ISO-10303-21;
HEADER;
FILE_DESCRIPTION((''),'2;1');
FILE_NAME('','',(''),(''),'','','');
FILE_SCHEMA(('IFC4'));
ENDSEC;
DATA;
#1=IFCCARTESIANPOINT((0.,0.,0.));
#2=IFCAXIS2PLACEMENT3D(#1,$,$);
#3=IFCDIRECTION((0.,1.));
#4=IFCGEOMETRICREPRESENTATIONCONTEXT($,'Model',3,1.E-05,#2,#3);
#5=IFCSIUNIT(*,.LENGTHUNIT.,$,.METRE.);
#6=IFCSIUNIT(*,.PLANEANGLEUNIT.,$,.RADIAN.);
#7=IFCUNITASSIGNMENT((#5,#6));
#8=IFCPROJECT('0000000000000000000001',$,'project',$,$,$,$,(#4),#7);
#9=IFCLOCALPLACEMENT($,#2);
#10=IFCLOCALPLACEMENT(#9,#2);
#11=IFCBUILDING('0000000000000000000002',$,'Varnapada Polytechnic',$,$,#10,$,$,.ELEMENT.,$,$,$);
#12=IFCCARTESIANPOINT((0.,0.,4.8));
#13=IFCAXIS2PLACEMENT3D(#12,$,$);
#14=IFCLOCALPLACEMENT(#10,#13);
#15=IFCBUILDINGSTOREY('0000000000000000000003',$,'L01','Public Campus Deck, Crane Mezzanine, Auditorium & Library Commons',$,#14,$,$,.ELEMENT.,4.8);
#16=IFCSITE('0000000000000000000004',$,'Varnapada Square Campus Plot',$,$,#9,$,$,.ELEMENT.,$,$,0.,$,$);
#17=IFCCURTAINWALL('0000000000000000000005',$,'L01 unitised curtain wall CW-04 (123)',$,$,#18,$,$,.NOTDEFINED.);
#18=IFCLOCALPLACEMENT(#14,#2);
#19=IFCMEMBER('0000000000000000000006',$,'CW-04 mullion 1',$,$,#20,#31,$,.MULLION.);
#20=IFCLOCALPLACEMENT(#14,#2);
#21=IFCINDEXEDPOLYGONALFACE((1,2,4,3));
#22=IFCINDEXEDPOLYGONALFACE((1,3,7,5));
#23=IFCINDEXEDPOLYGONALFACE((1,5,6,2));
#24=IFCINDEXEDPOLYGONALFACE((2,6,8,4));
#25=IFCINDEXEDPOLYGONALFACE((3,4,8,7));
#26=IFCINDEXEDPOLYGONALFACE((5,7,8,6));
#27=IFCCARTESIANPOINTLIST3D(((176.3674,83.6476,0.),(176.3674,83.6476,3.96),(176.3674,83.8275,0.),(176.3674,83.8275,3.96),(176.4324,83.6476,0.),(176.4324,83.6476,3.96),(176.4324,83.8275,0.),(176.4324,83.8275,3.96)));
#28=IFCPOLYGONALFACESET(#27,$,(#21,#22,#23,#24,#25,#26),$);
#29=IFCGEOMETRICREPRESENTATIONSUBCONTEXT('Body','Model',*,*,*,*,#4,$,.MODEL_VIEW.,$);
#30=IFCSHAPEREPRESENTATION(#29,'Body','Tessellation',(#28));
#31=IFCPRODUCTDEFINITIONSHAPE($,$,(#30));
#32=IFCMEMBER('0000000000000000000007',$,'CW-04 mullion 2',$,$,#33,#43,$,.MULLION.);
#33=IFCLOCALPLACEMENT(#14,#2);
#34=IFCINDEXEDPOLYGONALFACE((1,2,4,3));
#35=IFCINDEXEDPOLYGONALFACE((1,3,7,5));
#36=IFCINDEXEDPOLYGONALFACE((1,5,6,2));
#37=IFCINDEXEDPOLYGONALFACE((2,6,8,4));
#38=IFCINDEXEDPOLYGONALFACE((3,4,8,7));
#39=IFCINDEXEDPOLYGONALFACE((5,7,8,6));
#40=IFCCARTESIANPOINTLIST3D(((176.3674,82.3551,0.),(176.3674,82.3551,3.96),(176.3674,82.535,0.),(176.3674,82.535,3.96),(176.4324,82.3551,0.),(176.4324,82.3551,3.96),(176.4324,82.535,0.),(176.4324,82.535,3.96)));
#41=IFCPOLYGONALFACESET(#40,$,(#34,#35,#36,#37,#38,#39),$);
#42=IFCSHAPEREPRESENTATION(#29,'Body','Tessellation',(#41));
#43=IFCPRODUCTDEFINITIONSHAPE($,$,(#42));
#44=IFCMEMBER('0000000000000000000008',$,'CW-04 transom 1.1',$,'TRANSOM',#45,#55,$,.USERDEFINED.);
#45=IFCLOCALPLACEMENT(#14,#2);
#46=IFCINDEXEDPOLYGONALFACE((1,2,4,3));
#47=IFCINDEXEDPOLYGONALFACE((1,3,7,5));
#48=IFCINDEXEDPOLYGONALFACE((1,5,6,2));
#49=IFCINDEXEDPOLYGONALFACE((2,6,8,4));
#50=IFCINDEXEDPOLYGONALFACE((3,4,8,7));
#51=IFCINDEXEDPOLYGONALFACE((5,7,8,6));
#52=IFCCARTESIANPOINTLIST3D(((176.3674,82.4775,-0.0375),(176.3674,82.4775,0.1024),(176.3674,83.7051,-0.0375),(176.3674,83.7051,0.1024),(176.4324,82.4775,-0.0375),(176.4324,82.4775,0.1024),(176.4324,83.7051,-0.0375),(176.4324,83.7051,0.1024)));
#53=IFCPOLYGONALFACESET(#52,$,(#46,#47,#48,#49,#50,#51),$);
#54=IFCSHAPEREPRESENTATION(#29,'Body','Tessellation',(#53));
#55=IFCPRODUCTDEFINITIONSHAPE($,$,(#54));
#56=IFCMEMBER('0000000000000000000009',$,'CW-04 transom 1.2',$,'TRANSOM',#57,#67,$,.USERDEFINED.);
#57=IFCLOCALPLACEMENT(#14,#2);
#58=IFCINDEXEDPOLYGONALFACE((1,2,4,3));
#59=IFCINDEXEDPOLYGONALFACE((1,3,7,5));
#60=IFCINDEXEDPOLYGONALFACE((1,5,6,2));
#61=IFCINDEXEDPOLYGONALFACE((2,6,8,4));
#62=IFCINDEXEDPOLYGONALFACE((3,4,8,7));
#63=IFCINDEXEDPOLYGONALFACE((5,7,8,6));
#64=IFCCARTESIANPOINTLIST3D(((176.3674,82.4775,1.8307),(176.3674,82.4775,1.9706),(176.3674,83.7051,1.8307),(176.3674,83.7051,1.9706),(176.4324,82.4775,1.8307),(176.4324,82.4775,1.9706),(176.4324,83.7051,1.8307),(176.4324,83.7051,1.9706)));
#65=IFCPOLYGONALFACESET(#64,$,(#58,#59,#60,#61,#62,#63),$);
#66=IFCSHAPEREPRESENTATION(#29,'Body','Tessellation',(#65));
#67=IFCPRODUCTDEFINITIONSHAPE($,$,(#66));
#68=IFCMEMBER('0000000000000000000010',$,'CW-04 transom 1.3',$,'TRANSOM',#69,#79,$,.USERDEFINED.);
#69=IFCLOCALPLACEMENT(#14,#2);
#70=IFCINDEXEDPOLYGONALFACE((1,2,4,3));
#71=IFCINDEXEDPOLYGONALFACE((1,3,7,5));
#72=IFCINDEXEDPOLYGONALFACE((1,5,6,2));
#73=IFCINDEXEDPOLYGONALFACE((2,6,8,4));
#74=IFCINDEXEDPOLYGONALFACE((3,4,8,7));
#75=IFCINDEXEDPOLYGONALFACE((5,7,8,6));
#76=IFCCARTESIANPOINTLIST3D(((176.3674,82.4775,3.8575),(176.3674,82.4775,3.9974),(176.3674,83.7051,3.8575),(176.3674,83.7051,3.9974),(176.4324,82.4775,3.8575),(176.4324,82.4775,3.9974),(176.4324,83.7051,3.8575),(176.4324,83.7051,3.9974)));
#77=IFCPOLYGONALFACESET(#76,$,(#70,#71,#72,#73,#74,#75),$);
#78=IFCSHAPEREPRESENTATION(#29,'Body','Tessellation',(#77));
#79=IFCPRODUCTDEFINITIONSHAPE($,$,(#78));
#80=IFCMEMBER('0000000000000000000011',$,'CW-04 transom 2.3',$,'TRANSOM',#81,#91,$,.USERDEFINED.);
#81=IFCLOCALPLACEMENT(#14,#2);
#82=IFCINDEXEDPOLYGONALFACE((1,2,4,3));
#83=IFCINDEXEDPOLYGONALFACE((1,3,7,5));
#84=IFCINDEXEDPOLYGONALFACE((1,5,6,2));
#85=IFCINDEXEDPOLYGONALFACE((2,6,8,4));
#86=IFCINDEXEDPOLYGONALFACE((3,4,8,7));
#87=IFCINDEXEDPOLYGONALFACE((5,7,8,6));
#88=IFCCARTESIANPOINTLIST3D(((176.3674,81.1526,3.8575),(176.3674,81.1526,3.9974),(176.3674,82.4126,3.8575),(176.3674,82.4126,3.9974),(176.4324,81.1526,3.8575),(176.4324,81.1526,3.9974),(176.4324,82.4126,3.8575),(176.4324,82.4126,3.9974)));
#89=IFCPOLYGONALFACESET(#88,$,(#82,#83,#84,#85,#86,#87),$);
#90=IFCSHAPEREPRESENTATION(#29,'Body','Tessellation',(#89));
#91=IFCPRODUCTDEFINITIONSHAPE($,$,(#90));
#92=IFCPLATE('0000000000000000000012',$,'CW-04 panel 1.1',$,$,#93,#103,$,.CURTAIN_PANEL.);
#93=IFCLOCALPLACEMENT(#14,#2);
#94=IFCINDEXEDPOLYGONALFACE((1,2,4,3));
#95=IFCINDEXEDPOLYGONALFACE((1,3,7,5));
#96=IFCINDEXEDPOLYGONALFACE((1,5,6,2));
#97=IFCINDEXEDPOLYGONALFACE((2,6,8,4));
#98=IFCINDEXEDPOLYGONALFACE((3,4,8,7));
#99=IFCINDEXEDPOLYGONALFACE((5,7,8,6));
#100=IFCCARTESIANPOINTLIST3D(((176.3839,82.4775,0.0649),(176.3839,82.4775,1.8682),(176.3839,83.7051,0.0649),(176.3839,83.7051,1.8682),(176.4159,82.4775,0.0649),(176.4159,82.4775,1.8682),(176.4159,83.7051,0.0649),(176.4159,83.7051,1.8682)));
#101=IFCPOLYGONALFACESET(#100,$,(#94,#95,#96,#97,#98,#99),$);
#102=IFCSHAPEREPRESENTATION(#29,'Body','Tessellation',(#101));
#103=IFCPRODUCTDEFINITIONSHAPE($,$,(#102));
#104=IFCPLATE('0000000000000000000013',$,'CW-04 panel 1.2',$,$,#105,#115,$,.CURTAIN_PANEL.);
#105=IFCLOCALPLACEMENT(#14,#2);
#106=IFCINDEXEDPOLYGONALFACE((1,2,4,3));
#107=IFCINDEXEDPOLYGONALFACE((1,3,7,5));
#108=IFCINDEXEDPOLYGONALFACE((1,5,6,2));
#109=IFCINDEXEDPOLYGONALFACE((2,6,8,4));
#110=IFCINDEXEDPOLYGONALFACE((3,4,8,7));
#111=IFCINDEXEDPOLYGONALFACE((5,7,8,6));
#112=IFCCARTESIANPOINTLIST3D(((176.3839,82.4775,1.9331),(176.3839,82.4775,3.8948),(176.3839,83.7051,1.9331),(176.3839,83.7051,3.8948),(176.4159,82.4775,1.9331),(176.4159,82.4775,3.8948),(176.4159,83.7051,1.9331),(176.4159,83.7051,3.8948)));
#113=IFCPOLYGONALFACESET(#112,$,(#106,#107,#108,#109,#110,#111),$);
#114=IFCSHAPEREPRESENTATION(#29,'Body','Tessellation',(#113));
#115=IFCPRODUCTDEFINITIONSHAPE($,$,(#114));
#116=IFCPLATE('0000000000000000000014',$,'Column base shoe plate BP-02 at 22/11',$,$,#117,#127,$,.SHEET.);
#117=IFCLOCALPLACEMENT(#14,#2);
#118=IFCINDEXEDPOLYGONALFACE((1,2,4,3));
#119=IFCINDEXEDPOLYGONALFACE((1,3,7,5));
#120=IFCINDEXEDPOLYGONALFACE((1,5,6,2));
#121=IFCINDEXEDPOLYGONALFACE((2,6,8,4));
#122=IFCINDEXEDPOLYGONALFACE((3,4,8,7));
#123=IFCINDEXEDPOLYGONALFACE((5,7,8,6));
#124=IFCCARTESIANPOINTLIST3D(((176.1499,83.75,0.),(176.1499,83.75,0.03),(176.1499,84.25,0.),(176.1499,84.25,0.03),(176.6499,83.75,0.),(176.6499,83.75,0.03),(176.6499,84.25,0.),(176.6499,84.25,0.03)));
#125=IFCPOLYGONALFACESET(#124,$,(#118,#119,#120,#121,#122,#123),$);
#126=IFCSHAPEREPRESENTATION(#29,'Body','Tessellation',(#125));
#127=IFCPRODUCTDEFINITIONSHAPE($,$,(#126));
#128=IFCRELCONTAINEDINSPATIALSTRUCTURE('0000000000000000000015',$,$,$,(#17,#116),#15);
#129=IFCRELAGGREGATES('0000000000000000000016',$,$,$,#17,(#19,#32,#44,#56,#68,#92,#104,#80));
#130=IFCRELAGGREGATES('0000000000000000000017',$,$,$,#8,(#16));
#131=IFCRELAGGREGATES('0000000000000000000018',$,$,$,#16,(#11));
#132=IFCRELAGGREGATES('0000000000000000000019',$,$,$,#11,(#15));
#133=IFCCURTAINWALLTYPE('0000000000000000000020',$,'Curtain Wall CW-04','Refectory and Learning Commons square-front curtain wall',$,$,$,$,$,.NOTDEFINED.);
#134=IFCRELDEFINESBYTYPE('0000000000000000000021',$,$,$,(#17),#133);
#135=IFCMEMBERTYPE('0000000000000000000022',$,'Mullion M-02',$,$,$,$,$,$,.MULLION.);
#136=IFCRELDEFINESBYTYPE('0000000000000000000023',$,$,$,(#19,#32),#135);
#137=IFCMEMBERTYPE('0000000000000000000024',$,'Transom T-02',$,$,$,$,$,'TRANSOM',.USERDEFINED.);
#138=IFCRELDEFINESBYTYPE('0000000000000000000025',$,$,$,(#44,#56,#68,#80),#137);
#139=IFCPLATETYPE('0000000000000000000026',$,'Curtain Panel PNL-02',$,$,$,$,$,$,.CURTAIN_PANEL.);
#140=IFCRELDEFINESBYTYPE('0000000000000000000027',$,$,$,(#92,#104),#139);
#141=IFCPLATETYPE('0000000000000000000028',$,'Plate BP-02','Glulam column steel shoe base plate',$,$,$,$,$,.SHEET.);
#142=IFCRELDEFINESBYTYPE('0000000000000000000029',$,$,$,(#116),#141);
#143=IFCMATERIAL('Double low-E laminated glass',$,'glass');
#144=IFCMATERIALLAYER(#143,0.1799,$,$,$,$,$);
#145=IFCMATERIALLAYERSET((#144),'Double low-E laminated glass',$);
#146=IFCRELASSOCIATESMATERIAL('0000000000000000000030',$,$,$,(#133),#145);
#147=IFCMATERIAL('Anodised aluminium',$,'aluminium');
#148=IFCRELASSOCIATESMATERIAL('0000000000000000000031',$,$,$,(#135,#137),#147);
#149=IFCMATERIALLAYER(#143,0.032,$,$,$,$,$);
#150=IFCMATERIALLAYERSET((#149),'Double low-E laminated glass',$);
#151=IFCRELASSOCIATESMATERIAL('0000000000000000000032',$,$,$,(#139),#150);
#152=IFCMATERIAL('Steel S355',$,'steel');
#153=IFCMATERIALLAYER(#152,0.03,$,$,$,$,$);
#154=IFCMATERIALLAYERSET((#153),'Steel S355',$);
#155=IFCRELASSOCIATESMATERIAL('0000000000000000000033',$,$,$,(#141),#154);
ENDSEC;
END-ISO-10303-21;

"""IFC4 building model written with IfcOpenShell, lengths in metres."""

from ifc_helpers import new_model, si_unit, direction, frame, origin, origin_2d, place, context, subcontext, project, spatial, rectangle, extrude, material, layer, layer_set, material_profile, profile_set, type_object, element, aggregate, save


model = new_model("IFC4")

# Units and contexts
model_context = context("Model", 3, precision=1e-05, world=origin(), true_north=direction((0.0, 1.0)))
body_context = subcontext(model_context, "Body", "Model", "MODEL_VIEW")
ifc_project = project(units=[si_unit("LENGTHUNIT", "METRE"), si_unit("PLANEANGLEUNIT", "RADIAN")], contexts=[model_context])

# Site, building, storey
site_placement = place(None, origin())
site = spatial("IfcSite", under=ifc_project, at=site_placement, Name="Varnapada Square Campus Plot", CompositionType="ELEMENT", RefElevation=0.0)
building_placement = place(site_placement, origin())
building = spatial("IfcBuilding", under=site, at=building_placement, Name="Varnapada Polytechnic", CompositionType="ELEMENT")
storey_placement = place(building_placement, frame((0.0, 0.0, 4.8)))
storey = spatial("IfcBuildingStorey", under=building, at=storey_placement, Name="L01", Description="Public Campus Deck, Crane Mezzanine, Auditorium & Library Commons", CompositionType="ELEMENT", Elevation=4.8)

# Curtain wall, members, plates
ifc_material_1 = material(Name="Double low-E laminated glass", Category="glass")
ifc_layer_1 = layer(ifc_material_1, 0.1799)
ifc_layer_set_1 = layer_set([ifc_layer_1], Name="Double low-E laminated glass")
curtain_wall_type = type_object("IfcCurtainWallType", Name="Curtain Wall CW-04", Description="Refectory and Learning Commons square-front curtain wall", PredefinedType="NOTDEFINED", material=ifc_layer_set_1)
curtain_wall_placement = place(storey_placement, origin())
curtain_wall = element("IfcCurtainWall", 1, at=curtain_wall_placement, inside=storey, type_object=curtain_wall_type, Name="L01 unitised curtain wall CW-04 (123)", PredefinedType="NOTDEFINED")
ifc_material_2 = material(Name="Anodised aluminium", Category="aluminium")
ifc_material_profile_1 = material_profile(ifc_material_2, rectangle(XDim=0.0649, YDim=0.1799, at=origin_2d()), Name="ALU M65x180")
ifc_profile_set_1 = profile_set([ifc_material_profile_1], Name="Anodised aluminium")
member_type_1 = type_object("IfcMemberType", Name="Mullion M-02", PredefinedType="MULLION", material=ifc_profile_set_1)
member_1_placement = place(storey_placement, frame((176.3999, 83.7375, 0.0), z_axis=(0.0, 0.0, 1.0), x_axis=(1.0, 0.0, 0.0)))
member_1 = element("IfcMember", 2, at=member_1_placement, type_object=member_type_1, Name="CW-04 mullion 1", PredefinedType="MULLION", context=body_context, shape_type="SweptSolid", body=[
    extrude(rectangle(XDim=0.0649, YDim=0.1799, at=origin_2d()), origin(), (0.0, 0.0, 1.0), 3.96),
])
member_2_placement = place(storey_placement, frame((176.3999, 82.4451, 0.0), z_axis=(0.0, 0.0, 1.0), x_axis=(1.0, 0.0, 0.0)))
member_2 = element("IfcMember", 3, at=member_2_placement, type_object=member_type_1, Name="CW-04 mullion 2", PredefinedType="MULLION", context=body_context, shape_type="SweptSolid", body=[
    extrude(rectangle(XDim=0.0649, YDim=0.1799, at=origin_2d()), origin(), (0.0, 0.0, 1.0), 3.96),
])
ifc_material_profile_2 = material_profile(ifc_material_2, rectangle(XDim=0.0649, YDim=0.1399, at=origin_2d()), Name="ALU T65x140")
ifc_profile_set_2 = profile_set([ifc_material_profile_2], Name="Anodised aluminium")
member_type_2 = type_object("IfcMemberType", Name="Transom T-02", ElementType="TRANSOM", PredefinedType="USERDEFINED", material=ifc_profile_set_2)
member_3_placement = place(storey_placement, frame((176.3999, 83.7051, 0.0325), z_axis=(0.0, -1.0, 0.0), x_axis=(1.0, 0.0, 0.0)))
member_3 = element("IfcMember", 4, at=member_3_placement, type_object=member_type_2, Name="CW-04 transom 1.1", ObjectType="TRANSOM", PredefinedType="USERDEFINED", context=body_context, shape_type="SweptSolid", body=[
    extrude(rectangle(XDim=0.0649, YDim=0.1399, at=origin_2d()), origin(), (0.0, 0.0, 1.0), 1.2275),
])
member_4_placement = place(storey_placement, frame((176.3999, 83.7051, 1.9006), z_axis=(0.0, -1.0, 0.0), x_axis=(1.0, 0.0, 0.0)))
member_4 = element("IfcMember", 5, at=member_4_placement, type_object=member_type_2, Name="CW-04 transom 1.2", ObjectType="TRANSOM", PredefinedType="USERDEFINED", context=body_context, shape_type="SweptSolid", body=[
    extrude(rectangle(XDim=0.0649, YDim=0.1399, at=origin_2d()), origin(), (0.0, 0.0, 1.0), 1.2275),
])
member_5_placement = place(storey_placement, frame((176.3999, 83.7051, 3.9275), z_axis=(0.0, -1.0, 0.0), x_axis=(1.0, 0.0, 0.0)))
member_5 = element("IfcMember", 6, at=member_5_placement, type_object=member_type_2, Name="CW-04 transom 1.3", ObjectType="TRANSOM", PredefinedType="USERDEFINED", context=body_context, shape_type="SweptSolid", body=[
    extrude(rectangle(XDim=0.0649, YDim=0.1399, at=origin_2d()), origin(), (0.0, 0.0, 1.0), 1.2275),
])
member_6_placement = place(storey_placement, frame((176.3999, 82.4126, 3.9275), z_axis=(0.0, -1.0, 0.0), x_axis=(1.0, 0.0, 0.0)))
member_6 = element("IfcMember", 7, at=member_6_placement, type_object=member_type_2, Name="CW-04 transom 2.3", ObjectType="TRANSOM", PredefinedType="USERDEFINED", context=body_context, shape_type="SweptSolid", body=[
    extrude(rectangle(XDim=0.0649, YDim=0.1399, at=origin_2d()), origin(), (0.0, 0.0, 1.0), 1.26),
])
ifc_layer_2 = layer(ifc_material_1, 0.032)
ifc_layer_set_2 = layer_set([ifc_layer_2], Name="Double low-E laminated glass")
plate_type_1 = type_object("IfcPlateType", Name="Curtain Panel PNL-02", PredefinedType="CURTAIN_PANEL", material=ifc_layer_set_2)
plate_1_placement = place(storey_placement, frame((176.3999, 83.0913, 0.0649), z_axis=(0.0, 0.0, 1.0), x_axis=(0.0, -1.0, 0.0)))
plate_1 = element("IfcPlate", 8, at=plate_1_placement, type_object=plate_type_1, Name="CW-04 panel 1.1", PredefinedType="CURTAIN_PANEL", context=body_context, shape_type="SweptSolid", body=[
    extrude(rectangle(XDim=1.2275, YDim=0.032, at=origin_2d()), origin(), (0.0, 0.0, 1.0), 1.8032),
])
plate_2_placement = place(storey_placement, frame((176.3999, 83.0913, 1.9331), z_axis=(0.0, 0.0, 1.0), x_axis=(0.0, -1.0, 0.0)))
plate_2 = element("IfcPlate", 9, at=plate_2_placement, type_object=plate_type_1, Name="CW-04 panel 1.2", PredefinedType="CURTAIN_PANEL", context=body_context, shape_type="SweptSolid", body=[
    extrude(rectangle(XDim=1.2275, YDim=0.032, at=origin_2d()), origin(), (0.0, 0.0, 1.0), 1.9617),
])
aggregate(curtain_wall, [member_1, member_2, member_3, member_4, member_5, plate_1, plate_2, member_6])

# Plate
ifc_material_3 = material(Name="Steel S355", Category="steel")
ifc_layer_3 = layer(ifc_material_3, 0.03)
ifc_layer_set_3 = layer_set([ifc_layer_3], Name="Steel S355")
plate_type_2 = type_object("IfcPlateType", Name="Plate BP-02", Description="Glulam column steel shoe base plate", PredefinedType="SHEET", material=ifc_layer_set_3)
plate_3_placement = place(storey_placement, frame((176.3999, 84.0, 0.0), z_axis=(0.0, 0.0, 1.0), x_axis=(1.0, 0.0, 0.0)))
element("IfcPlate", 10, at=plate_3_placement, inside=storey, type_object=plate_type_2, Name="Column base shoe plate BP-02 at 22/11", PredefinedType="SHEET", context=body_context, shape_type="SweptSolid", body=[
    extrude(rectangle(XDim=0.5, YDim=0.5, at=origin_2d()), origin(), (0.0, 0.0, 1.0), 0.03),
])

save(model, "model.ifc")
